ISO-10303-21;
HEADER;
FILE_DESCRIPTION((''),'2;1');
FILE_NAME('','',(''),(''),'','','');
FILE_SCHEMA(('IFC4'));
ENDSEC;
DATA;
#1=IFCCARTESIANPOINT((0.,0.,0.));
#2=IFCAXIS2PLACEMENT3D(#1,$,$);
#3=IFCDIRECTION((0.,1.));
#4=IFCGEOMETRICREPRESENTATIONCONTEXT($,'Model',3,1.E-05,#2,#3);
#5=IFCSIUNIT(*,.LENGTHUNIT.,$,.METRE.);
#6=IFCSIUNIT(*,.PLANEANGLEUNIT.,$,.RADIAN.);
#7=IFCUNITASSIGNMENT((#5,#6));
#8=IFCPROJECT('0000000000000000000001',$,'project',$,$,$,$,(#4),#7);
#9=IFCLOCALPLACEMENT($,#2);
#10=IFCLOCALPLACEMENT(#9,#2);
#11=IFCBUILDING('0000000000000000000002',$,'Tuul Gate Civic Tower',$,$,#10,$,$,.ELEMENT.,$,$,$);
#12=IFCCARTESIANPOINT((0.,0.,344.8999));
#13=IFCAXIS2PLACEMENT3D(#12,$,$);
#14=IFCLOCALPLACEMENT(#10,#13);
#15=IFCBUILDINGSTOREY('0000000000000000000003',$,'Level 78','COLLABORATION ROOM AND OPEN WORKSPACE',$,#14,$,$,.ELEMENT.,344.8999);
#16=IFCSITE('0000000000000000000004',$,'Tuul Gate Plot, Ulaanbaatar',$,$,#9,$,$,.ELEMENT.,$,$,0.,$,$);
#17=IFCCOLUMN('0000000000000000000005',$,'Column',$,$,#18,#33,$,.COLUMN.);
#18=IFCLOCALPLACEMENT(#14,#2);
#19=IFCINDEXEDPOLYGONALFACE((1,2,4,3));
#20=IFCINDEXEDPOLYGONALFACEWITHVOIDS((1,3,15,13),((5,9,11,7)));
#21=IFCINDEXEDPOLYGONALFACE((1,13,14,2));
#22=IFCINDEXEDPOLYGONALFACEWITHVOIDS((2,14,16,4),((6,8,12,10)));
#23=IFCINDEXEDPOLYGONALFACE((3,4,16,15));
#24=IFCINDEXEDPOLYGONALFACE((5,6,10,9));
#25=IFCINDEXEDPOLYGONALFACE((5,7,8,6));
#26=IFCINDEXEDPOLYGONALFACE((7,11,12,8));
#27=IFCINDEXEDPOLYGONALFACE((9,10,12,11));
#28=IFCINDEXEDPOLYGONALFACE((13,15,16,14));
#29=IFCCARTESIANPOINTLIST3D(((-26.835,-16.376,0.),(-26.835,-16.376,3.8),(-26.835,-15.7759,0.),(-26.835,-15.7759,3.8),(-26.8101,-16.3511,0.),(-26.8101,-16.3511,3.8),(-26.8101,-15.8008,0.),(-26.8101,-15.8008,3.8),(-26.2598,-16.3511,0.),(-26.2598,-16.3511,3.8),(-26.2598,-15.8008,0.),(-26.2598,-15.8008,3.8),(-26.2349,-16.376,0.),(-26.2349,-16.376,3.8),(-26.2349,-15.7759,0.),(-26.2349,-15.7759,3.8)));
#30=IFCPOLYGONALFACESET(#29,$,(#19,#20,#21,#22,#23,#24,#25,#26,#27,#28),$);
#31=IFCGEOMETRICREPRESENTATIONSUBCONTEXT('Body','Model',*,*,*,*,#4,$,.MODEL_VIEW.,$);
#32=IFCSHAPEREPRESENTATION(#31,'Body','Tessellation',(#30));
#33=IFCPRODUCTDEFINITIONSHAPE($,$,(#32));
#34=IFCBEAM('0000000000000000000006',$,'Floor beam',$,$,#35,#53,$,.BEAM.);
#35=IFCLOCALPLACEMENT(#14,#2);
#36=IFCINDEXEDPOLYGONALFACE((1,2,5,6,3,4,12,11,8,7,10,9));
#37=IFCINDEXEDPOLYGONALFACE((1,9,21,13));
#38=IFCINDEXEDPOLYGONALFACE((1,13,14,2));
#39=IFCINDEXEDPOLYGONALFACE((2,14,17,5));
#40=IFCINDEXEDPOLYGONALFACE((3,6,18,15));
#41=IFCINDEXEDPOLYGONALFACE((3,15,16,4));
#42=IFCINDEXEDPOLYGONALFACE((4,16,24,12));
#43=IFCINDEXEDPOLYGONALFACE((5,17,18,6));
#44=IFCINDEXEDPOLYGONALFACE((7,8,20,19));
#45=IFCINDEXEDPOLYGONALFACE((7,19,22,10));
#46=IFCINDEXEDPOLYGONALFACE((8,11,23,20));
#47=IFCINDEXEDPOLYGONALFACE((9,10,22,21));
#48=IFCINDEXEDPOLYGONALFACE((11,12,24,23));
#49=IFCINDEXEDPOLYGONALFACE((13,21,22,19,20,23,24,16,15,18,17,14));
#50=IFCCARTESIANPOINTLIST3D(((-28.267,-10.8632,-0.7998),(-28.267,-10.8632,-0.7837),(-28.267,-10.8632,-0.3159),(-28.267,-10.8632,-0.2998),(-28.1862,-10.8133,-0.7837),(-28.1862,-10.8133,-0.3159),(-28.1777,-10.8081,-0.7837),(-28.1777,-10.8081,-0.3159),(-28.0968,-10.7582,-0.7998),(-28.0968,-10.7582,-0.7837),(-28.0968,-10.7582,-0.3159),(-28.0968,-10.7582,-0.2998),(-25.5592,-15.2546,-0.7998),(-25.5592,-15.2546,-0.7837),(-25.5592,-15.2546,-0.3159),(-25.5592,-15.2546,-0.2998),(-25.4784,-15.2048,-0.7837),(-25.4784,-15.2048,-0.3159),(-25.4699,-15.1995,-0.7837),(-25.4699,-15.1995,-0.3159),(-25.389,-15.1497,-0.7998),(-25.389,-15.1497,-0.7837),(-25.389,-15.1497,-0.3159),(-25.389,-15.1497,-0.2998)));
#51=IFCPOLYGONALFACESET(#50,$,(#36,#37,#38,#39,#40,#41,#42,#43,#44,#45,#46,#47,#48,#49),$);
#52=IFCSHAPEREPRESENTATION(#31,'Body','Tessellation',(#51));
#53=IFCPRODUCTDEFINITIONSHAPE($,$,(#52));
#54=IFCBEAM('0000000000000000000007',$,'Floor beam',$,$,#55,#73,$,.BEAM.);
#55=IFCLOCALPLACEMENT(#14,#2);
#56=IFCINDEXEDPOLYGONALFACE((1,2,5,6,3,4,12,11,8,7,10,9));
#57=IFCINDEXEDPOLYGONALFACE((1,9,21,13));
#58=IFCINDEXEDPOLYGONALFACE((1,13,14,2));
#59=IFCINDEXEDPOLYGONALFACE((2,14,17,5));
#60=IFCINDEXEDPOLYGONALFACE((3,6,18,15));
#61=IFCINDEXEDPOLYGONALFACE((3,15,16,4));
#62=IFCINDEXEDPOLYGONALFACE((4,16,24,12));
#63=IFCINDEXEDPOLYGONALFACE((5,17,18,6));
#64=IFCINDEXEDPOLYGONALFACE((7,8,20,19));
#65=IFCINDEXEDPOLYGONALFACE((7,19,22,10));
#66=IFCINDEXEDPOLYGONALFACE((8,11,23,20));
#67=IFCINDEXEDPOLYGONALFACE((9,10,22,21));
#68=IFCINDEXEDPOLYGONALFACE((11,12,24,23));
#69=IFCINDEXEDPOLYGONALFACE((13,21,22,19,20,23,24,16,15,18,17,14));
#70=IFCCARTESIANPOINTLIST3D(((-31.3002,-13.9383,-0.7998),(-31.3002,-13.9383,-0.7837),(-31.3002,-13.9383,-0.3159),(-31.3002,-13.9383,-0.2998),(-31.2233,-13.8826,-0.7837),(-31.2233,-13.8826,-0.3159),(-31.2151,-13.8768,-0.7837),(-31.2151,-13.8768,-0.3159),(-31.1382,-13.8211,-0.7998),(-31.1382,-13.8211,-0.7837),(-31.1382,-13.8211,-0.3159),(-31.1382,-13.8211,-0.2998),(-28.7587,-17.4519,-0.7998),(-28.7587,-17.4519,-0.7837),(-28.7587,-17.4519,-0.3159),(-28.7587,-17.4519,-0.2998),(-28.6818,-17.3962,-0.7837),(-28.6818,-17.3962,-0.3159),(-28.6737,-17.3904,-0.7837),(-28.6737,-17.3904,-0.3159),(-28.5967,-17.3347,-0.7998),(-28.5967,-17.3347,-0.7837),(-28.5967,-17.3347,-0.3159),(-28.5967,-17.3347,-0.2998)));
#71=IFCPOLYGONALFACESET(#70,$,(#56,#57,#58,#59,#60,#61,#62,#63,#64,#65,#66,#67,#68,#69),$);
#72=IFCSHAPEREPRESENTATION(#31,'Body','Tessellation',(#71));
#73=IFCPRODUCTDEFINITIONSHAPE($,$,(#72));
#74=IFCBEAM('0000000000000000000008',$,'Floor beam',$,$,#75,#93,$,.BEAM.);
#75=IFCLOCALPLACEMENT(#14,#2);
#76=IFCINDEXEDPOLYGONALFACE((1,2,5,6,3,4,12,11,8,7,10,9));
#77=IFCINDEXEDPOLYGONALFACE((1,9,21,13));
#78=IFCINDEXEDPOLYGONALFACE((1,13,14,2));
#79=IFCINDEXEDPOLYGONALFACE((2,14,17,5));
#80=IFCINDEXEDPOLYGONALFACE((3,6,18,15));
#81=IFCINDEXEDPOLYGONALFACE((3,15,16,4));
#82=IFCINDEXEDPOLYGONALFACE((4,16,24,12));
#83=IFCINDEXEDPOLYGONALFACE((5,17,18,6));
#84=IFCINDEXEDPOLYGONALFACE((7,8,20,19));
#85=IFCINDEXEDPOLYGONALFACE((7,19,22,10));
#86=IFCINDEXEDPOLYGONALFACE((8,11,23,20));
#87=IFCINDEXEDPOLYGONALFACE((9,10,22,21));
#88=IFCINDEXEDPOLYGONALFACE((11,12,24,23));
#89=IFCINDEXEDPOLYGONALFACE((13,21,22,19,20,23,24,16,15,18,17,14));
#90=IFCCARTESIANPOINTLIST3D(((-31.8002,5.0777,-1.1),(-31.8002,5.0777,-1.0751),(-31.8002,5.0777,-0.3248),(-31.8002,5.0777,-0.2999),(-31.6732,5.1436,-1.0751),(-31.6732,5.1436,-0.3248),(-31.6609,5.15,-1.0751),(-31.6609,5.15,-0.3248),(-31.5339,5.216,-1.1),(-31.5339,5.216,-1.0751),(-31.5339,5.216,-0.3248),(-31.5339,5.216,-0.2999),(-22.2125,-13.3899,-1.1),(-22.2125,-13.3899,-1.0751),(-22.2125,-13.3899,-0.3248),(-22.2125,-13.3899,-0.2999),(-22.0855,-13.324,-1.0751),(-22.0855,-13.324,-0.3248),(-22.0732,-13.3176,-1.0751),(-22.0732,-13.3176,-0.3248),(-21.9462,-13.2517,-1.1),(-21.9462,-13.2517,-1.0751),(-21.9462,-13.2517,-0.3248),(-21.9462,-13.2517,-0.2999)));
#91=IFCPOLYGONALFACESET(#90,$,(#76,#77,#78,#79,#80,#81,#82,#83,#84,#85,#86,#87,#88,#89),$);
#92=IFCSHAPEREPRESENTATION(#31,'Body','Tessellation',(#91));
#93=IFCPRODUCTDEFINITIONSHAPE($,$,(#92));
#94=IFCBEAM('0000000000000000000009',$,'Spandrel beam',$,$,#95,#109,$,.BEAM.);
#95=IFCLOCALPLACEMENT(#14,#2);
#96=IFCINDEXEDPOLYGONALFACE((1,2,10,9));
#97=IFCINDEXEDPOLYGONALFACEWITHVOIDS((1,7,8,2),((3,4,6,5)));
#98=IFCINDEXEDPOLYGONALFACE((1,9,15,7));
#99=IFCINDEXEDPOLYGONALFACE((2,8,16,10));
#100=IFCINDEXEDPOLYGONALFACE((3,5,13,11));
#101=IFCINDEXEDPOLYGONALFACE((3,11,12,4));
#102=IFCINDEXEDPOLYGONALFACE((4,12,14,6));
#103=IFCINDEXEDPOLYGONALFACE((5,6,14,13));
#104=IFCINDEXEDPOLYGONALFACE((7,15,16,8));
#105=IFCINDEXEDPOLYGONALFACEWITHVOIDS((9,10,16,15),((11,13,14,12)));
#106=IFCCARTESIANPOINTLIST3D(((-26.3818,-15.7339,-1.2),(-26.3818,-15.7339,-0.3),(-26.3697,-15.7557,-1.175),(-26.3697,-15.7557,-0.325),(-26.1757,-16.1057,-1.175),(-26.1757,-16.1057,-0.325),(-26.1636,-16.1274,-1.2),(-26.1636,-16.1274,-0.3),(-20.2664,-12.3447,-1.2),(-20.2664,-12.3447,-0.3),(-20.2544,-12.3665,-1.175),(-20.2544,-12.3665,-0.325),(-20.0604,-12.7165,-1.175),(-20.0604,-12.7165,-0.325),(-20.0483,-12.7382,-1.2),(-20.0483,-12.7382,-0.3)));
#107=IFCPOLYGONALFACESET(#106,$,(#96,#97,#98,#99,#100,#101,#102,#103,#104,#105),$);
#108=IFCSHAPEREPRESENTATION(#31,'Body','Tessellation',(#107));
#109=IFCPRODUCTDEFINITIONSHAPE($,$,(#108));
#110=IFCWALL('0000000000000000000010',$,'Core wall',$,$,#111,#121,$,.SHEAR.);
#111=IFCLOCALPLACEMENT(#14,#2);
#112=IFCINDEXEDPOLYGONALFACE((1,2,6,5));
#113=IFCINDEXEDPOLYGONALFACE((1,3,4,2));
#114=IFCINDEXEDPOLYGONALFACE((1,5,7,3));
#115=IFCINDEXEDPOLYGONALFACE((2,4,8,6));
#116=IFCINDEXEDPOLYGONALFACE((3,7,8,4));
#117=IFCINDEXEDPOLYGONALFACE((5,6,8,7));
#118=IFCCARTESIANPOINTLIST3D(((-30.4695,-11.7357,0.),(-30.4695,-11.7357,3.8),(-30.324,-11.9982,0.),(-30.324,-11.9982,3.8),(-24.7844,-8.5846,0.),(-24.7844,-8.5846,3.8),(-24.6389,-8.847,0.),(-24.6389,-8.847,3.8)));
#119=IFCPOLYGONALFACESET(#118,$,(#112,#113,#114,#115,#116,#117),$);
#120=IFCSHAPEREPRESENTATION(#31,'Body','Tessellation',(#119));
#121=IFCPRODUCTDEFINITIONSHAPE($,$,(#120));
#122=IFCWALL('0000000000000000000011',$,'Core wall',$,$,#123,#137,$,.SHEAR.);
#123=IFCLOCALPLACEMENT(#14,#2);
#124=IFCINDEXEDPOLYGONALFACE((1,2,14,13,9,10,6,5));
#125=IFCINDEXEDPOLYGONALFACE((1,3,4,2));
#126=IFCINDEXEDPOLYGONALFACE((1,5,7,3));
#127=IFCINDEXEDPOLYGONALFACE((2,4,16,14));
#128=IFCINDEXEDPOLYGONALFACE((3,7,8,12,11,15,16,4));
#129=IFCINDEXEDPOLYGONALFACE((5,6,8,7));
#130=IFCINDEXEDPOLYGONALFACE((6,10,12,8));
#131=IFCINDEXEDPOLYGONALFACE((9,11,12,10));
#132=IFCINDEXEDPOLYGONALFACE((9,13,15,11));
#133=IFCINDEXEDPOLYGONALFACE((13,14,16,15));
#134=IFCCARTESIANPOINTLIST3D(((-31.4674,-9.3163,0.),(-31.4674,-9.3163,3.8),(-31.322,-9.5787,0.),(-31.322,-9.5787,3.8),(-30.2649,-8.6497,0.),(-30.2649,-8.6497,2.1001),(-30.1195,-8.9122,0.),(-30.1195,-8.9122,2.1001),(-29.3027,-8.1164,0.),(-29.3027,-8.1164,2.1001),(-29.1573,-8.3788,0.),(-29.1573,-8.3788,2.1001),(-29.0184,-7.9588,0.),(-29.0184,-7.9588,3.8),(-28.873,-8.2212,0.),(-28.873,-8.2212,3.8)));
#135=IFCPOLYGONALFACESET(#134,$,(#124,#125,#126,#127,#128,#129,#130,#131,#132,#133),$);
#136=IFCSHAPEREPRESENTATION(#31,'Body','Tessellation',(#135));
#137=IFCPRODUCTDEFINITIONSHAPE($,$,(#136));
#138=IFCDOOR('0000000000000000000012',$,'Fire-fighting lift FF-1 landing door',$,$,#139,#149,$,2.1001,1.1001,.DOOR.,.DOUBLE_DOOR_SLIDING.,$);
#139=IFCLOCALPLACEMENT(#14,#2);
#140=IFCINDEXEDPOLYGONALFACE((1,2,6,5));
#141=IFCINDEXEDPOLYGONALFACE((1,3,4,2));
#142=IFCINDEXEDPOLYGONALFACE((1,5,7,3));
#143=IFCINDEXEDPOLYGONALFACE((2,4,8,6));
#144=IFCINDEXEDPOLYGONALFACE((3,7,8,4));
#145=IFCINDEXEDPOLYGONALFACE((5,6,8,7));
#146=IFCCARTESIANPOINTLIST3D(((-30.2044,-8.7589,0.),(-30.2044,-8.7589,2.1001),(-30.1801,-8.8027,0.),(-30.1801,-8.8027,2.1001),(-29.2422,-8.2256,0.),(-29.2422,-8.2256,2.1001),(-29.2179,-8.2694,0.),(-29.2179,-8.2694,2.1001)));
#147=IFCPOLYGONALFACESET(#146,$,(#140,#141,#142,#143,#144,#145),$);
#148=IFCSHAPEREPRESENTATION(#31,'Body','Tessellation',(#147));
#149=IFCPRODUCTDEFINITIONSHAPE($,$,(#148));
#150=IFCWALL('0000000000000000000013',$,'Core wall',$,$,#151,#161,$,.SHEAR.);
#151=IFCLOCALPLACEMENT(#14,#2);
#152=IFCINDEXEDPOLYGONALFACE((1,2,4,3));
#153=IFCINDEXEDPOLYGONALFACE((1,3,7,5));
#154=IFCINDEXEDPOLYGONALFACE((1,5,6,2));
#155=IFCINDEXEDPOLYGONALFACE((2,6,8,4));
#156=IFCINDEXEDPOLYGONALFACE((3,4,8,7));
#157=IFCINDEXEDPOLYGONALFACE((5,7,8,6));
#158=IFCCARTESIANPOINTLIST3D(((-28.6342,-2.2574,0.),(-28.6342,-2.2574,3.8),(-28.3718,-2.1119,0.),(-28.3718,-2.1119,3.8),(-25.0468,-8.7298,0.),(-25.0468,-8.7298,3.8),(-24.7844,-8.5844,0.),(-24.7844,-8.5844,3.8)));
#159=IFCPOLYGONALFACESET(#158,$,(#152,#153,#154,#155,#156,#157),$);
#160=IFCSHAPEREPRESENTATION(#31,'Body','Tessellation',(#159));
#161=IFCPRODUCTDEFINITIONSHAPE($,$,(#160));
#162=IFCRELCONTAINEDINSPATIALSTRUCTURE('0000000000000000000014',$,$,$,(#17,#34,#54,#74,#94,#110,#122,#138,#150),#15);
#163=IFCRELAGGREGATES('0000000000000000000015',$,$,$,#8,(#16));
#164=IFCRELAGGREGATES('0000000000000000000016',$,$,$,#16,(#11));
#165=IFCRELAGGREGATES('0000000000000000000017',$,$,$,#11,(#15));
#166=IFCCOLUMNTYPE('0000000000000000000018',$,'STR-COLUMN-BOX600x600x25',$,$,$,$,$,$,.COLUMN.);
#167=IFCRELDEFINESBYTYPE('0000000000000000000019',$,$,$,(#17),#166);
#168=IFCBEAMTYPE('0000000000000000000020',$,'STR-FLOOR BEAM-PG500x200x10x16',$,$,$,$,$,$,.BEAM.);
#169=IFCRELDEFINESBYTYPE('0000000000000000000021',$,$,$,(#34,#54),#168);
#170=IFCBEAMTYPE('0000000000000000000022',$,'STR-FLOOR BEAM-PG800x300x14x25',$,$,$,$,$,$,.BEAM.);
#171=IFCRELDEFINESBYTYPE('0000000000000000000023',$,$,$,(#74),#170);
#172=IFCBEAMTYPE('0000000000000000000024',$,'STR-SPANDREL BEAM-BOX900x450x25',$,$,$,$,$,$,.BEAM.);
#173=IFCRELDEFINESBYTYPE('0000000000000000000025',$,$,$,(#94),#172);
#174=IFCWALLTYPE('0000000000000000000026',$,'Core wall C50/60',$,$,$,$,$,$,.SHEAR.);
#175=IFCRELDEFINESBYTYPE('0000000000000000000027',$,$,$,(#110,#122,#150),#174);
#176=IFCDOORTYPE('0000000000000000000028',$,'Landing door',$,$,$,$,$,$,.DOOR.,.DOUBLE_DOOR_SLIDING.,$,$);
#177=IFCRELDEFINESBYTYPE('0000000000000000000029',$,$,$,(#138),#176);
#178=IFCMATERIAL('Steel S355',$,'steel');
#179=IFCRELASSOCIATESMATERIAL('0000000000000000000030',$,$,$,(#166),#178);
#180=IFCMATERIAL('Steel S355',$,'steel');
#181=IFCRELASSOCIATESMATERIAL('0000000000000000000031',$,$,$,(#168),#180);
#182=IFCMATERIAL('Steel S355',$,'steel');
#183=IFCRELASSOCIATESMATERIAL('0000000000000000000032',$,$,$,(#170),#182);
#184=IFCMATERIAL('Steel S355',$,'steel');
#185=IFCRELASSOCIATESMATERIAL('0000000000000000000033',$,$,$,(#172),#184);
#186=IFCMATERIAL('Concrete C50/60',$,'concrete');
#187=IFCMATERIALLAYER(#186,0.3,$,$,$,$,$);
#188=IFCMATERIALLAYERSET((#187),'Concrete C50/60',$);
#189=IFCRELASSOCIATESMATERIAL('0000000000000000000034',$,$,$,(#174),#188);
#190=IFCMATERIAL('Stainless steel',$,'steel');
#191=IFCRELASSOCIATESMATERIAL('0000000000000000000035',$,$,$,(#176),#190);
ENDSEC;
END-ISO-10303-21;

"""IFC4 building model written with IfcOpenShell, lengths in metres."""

from ifc_helpers import new_model, si_unit, direction, frame, frame_2d, origin, origin_2d, place, context, subcontext, project, spatial, rectangle, hollow_rectangle, i_section, extrude, material, layer, layer_set, material_profile, profile_set, type_object, element, fill, save


model = new_model("IFC4")

# Units and contexts
model_context = context("Model", 3, precision=1e-05, world=origin(), true_north=direction((0.0, 1.0)))
body_context = subcontext(model_context, "Body", "Model", "MODEL_VIEW")
ifc_project = project(units=[si_unit("LENGTHUNIT", "METRE"), si_unit("PLANEANGLEUNIT", "RADIAN")], contexts=[model_context])

# Site, building, storey
site_placement = place(None, origin())
site = spatial("IfcSite", under=ifc_project, at=site_placement, Name="Tuul Gate Plot, Ulaanbaatar", CompositionType="ELEMENT", RefElevation=0.0)
building_placement = place(site_placement, origin())
building = spatial("IfcBuilding", under=site, at=building_placement, Name="Tuul Gate Civic Tower", CompositionType="ELEMENT")
storey_placement = place(building_placement, frame((0.0, 0.0, 344.8999)))
storey = spatial("IfcBuildingStorey", under=building, at=storey_placement, Name="Level 78", Description="COLLABORATION ROOM AND OPEN WORKSPACE", CompositionType="ELEMENT", Elevation=344.8999)

# Column
ifc_material_1 = material(Name="Steel S355", Category="steel")
ifc_material_profile_1 = material_profile(ifc_material_1, hollow_rectangle(XDim=0.6001, YDim=0.6001, WallThickness=0.0249, at=origin_2d()), Name="BOX600x600x25")
ifc_profile_set_1 = profile_set([ifc_material_profile_1], Name="Steel S355")
column_type = type_object("IfcColumnType", Name="STR-COLUMN-BOX600x600x25", PredefinedType="COLUMN", material=ifc_profile_set_1)
column_placement = place(storey_placement, frame((-26.5349, -16.0759, 0.0), z_axis=(0.0, 0.0, 1.0), x_axis=(1.0, 0.0, 0.0)))
element("IfcColumn", 1, at=column_placement, inside=storey, type_object=column_type, Name="Column", PredefinedType="COLUMN", context=body_context, shape_type="SweptSolid", body=[
    extrude(hollow_rectangle(XDim=0.6001, YDim=0.6001, WallThickness=0.0249, at=origin_2d()), origin(), (0.0, 0.0, 1.0), 3.8),
])

# Beams
ifc_material_2 = material(Name="Steel S355", Category="steel")
ifc_material_profile_2 = material_profile(ifc_material_2, i_section(OverallWidth=0.2, OverallDepth=0.5, WebThickness=0.01, FlangeThickness=0.0161, at=origin_2d()), Name="PG500x200x10x16")
ifc_profile_set_2 = profile_set([ifc_material_profile_2], Name="Steel S355")
beam_type_1 = type_object("IfcBeamType", Name="STR-FLOOR BEAM-PG500x200x10x16", PredefinedType="BEAM", material=ifc_profile_set_2)
beam_1_placement = place(storey_placement, frame((-25.4741, -15.2021, -0.5498), z_axis=(-0.524855, 0.851192, 0.0), x_axis=(-0.851192, -0.524855, 0.0)))
element("IfcBeam", 2, at=beam_1_placement, inside=storey, type_object=beam_type_1, Name="Floor beam", PredefinedType="BEAM", context=body_context, shape_type="SweptSolid", body=[
    extrude(i_section(OverallWidth=0.2, OverallDepth=0.5, WebThickness=0.01, FlangeThickness=0.0161, at=origin_2d()), origin(), (0.0, 0.0, 1.0), 5.1592),
])
beam_2_placement = place(storey_placement, frame((-28.6777, -17.3933, -0.5498), z_axis=(-0.586074, 0.810257, 0.0), x_axis=(-0.810257, -0.586074, 0.0)))
element("IfcBeam", 3, at=beam_2_placement, inside=storey, type_object=beam_type_1, Name="Floor beam", PredefinedType="BEAM", context=body_context, shape_type="SweptSolid", body=[
    extrude(i_section(OverallWidth=0.2, OverallDepth=0.5, WebThickness=0.01, FlangeThickness=0.0161, at=origin_2d()), origin(), (0.0, 0.0, 1.0), 4.3364),
])
ifc_material_3 = material(Name="Steel S355", Category="steel")
ifc_material_profile_3 = material_profile(ifc_material_3, i_section(OverallWidth=0.3, OverallDepth=0.8, WebThickness=0.0139, FlangeThickness=0.0249, at=origin_2d()), Name="PG800x300x14x25")
ifc_profile_set_3 = profile_set([ifc_material_profile_3], Name="Steel S355")
beam_type_2 = type_object("IfcBeamType", Name="STR-FLOOR BEAM-PG800x300x14x25", PredefinedType="BEAM", material=ifc_profile_set_3)
beam_3_placement = place(storey_placement, frame((-22.0793, -13.3208, -0.7), z_axis=(-0.460767, 0.887521, 0.0), x_axis=(-0.887521, -0.460767, 0.0)))
element("IfcBeam", 4, at=beam_3_placement, inside=storey, type_object=beam_type_2, Name="Floor beam", PredefinedType="BEAM", context=body_context, shape_type="SweptSolid", body=[
    extrude(i_section(OverallWidth=0.3, OverallDepth=0.8, WebThickness=0.0139, FlangeThickness=0.0249, at=origin_2d()), origin(), (0.0, 0.0, 1.0), 20.8081),
])
ifc_material_4 = material(Name="Steel S355", Category="steel")
ifc_material_profile_4 = material_profile(ifc_material_4, hollow_rectangle(XDim=0.45, YDim=0.8999, WallThickness=0.0249, at=origin_2d()), Name="BOX900x450x25")
ifc_profile_set_4 = profile_set([ifc_material_profile_4], Name="Steel S355")
beam_type_3 = type_object("IfcBeamType", Name="STR-SPANDREL BEAM-BOX900x450x25", PredefinedType="BEAM", material=ifc_profile_set_4)
beam_4_placement = place(storey_placement, frame((-26.2727, -15.9307, -0.75), z_axis=(0.874654, 0.484747, 0.0), x_axis=(-0.484747, 0.874654, 0.0)))
element("IfcBeam", 5, at=beam_4_placement, inside=storey, type_object=beam_type_3, Name="Spandrel beam", PredefinedType="BEAM", context=body_context, shape_type="SweptSolid", body=[
    extrude(hollow_rectangle(XDim=0.45, YDim=0.8999, WallThickness=0.0249, at=origin_2d()), origin(), (0.0, 0.0, 1.0), 6.9917),
])

# Wall
ifc_material_5 = material(Name="Concrete C50/60", Category="concrete")
ifc_layer_1 = layer(ifc_material_5, 0.3)
ifc_layer_set_1 = layer_set([ifc_layer_1], Name="Concrete C50/60")
wall_type_1 = type_object("IfcWallType", Name="Core wall C50/60", PredefinedType="SHEAR", material=ifc_layer_set_1)
wall_1_placement = place(storey_placement, frame((-24.7117, -8.7158, 0.0), z_axis=(0.0, 0.0, 1.0), x_axis=(-0.87463, -0.484791, 0.0)))
element("IfcWall", 6, at=wall_1_placement, inside=storey, type_object=wall_type_1, Name="Core wall", PredefinedType="SHEAR", context=body_context, shape_type="SweptSolid", body=[
    extrude(rectangle(XDim=6.5, YDim=0.3, at=frame_2d((3.25, 0.0))), origin(), (0.0, 0.0, 1.0), 3.8),
])

# Wall, opening, door
wall_2_placement = place(storey_placement, frame((-28.9458, -8.0901, 0.0), z_axis=(0.0, 0.0, 1.0), x_axis=(-0.87463, -0.484791, 0.0)))
wall_2 = element("IfcWall", 7, at=wall_2_placement, inside=storey, type_object=wall_type_1, Name="Core wall", PredefinedType="SHEAR", context=body_context, shape_type="SweptSolid", body=[
    extrude(rectangle(XDim=2.8, YDim=0.3, at=frame_2d((1.3999, 0.0))), origin(), (0.0, 0.0, 1.0), 3.8),
])
opening_1_placement = place(wall_2_placement, frame((0.325, 0.0, 0.0)))
opening_1 = element("IfcOpeningElement", 8, at=opening_1_placement, cuts=wall_2, PredefinedType="OPENING", context=body_context, shape_type="SweptSolid", body=[
    extrude(rectangle(XDim=1.1001, YDim=2.1001, at=frame_2d((0.55, 1.05))), frame((0.0, 0.1602, 0.0), z_axis=(0.0, -1.0, 0.0), x_axis=(1.0, 0.0, 0.0)), (0.0, 0.0, 1.0), 0.3201),
])
ifc_material_6 = material(Name="Stainless steel", Category="steel")
door_type_1 = type_object("IfcDoorType", Name="Landing door", OperationType="DOUBLE_DOOR_SLIDING", PredefinedType="DOOR", material=ifc_material_6)
door_1_placement = place(opening_1_placement, origin())
door_1 = element("IfcDoor", 9, at=door_1_placement, inside=storey, type_object=door_type_1, Name="Fire-fighting lift FF-1 landing door", OperationType="DOUBLE_DOOR_SLIDING", OverallHeight=2.1001, OverallWidth=1.1001, PredefinedType="DOOR", context=body_context, shape_type="SweptSolid", body=[
    extrude(rectangle(XDim=1.1001, YDim=2.1001, at=frame_2d((0.55, 1.05))), frame((0.0, 0.0249, 0.0), z_axis=(0.0, -1.0, 0.0), x_axis=(1.0, 0.0, 0.0)), (0.0, 0.0, 1.0), 0.05),
])
fill(opening_1, door_1)

# Wall
wall_3_placement = place(storey_placement, frame((-24.9155, -8.6572, 0.0), z_axis=(0.0, 0.0, 1.0), x_axis=(-0.484777, 0.874638, 0.0)))
element("IfcWall", 10, at=wall_3_placement, inside=storey, type_object=wall_type_1, Name="Core wall", PredefinedType="SHEAR", context=body_context, shape_type="SweptSolid", body=[
    extrude(rectangle(XDim=7.4001, YDim=0.3, at=frame_2d((3.7002, 0.0))), origin(), (0.0, 0.0, 1.0), 3.8),
])

save(model, "model.ifc")
